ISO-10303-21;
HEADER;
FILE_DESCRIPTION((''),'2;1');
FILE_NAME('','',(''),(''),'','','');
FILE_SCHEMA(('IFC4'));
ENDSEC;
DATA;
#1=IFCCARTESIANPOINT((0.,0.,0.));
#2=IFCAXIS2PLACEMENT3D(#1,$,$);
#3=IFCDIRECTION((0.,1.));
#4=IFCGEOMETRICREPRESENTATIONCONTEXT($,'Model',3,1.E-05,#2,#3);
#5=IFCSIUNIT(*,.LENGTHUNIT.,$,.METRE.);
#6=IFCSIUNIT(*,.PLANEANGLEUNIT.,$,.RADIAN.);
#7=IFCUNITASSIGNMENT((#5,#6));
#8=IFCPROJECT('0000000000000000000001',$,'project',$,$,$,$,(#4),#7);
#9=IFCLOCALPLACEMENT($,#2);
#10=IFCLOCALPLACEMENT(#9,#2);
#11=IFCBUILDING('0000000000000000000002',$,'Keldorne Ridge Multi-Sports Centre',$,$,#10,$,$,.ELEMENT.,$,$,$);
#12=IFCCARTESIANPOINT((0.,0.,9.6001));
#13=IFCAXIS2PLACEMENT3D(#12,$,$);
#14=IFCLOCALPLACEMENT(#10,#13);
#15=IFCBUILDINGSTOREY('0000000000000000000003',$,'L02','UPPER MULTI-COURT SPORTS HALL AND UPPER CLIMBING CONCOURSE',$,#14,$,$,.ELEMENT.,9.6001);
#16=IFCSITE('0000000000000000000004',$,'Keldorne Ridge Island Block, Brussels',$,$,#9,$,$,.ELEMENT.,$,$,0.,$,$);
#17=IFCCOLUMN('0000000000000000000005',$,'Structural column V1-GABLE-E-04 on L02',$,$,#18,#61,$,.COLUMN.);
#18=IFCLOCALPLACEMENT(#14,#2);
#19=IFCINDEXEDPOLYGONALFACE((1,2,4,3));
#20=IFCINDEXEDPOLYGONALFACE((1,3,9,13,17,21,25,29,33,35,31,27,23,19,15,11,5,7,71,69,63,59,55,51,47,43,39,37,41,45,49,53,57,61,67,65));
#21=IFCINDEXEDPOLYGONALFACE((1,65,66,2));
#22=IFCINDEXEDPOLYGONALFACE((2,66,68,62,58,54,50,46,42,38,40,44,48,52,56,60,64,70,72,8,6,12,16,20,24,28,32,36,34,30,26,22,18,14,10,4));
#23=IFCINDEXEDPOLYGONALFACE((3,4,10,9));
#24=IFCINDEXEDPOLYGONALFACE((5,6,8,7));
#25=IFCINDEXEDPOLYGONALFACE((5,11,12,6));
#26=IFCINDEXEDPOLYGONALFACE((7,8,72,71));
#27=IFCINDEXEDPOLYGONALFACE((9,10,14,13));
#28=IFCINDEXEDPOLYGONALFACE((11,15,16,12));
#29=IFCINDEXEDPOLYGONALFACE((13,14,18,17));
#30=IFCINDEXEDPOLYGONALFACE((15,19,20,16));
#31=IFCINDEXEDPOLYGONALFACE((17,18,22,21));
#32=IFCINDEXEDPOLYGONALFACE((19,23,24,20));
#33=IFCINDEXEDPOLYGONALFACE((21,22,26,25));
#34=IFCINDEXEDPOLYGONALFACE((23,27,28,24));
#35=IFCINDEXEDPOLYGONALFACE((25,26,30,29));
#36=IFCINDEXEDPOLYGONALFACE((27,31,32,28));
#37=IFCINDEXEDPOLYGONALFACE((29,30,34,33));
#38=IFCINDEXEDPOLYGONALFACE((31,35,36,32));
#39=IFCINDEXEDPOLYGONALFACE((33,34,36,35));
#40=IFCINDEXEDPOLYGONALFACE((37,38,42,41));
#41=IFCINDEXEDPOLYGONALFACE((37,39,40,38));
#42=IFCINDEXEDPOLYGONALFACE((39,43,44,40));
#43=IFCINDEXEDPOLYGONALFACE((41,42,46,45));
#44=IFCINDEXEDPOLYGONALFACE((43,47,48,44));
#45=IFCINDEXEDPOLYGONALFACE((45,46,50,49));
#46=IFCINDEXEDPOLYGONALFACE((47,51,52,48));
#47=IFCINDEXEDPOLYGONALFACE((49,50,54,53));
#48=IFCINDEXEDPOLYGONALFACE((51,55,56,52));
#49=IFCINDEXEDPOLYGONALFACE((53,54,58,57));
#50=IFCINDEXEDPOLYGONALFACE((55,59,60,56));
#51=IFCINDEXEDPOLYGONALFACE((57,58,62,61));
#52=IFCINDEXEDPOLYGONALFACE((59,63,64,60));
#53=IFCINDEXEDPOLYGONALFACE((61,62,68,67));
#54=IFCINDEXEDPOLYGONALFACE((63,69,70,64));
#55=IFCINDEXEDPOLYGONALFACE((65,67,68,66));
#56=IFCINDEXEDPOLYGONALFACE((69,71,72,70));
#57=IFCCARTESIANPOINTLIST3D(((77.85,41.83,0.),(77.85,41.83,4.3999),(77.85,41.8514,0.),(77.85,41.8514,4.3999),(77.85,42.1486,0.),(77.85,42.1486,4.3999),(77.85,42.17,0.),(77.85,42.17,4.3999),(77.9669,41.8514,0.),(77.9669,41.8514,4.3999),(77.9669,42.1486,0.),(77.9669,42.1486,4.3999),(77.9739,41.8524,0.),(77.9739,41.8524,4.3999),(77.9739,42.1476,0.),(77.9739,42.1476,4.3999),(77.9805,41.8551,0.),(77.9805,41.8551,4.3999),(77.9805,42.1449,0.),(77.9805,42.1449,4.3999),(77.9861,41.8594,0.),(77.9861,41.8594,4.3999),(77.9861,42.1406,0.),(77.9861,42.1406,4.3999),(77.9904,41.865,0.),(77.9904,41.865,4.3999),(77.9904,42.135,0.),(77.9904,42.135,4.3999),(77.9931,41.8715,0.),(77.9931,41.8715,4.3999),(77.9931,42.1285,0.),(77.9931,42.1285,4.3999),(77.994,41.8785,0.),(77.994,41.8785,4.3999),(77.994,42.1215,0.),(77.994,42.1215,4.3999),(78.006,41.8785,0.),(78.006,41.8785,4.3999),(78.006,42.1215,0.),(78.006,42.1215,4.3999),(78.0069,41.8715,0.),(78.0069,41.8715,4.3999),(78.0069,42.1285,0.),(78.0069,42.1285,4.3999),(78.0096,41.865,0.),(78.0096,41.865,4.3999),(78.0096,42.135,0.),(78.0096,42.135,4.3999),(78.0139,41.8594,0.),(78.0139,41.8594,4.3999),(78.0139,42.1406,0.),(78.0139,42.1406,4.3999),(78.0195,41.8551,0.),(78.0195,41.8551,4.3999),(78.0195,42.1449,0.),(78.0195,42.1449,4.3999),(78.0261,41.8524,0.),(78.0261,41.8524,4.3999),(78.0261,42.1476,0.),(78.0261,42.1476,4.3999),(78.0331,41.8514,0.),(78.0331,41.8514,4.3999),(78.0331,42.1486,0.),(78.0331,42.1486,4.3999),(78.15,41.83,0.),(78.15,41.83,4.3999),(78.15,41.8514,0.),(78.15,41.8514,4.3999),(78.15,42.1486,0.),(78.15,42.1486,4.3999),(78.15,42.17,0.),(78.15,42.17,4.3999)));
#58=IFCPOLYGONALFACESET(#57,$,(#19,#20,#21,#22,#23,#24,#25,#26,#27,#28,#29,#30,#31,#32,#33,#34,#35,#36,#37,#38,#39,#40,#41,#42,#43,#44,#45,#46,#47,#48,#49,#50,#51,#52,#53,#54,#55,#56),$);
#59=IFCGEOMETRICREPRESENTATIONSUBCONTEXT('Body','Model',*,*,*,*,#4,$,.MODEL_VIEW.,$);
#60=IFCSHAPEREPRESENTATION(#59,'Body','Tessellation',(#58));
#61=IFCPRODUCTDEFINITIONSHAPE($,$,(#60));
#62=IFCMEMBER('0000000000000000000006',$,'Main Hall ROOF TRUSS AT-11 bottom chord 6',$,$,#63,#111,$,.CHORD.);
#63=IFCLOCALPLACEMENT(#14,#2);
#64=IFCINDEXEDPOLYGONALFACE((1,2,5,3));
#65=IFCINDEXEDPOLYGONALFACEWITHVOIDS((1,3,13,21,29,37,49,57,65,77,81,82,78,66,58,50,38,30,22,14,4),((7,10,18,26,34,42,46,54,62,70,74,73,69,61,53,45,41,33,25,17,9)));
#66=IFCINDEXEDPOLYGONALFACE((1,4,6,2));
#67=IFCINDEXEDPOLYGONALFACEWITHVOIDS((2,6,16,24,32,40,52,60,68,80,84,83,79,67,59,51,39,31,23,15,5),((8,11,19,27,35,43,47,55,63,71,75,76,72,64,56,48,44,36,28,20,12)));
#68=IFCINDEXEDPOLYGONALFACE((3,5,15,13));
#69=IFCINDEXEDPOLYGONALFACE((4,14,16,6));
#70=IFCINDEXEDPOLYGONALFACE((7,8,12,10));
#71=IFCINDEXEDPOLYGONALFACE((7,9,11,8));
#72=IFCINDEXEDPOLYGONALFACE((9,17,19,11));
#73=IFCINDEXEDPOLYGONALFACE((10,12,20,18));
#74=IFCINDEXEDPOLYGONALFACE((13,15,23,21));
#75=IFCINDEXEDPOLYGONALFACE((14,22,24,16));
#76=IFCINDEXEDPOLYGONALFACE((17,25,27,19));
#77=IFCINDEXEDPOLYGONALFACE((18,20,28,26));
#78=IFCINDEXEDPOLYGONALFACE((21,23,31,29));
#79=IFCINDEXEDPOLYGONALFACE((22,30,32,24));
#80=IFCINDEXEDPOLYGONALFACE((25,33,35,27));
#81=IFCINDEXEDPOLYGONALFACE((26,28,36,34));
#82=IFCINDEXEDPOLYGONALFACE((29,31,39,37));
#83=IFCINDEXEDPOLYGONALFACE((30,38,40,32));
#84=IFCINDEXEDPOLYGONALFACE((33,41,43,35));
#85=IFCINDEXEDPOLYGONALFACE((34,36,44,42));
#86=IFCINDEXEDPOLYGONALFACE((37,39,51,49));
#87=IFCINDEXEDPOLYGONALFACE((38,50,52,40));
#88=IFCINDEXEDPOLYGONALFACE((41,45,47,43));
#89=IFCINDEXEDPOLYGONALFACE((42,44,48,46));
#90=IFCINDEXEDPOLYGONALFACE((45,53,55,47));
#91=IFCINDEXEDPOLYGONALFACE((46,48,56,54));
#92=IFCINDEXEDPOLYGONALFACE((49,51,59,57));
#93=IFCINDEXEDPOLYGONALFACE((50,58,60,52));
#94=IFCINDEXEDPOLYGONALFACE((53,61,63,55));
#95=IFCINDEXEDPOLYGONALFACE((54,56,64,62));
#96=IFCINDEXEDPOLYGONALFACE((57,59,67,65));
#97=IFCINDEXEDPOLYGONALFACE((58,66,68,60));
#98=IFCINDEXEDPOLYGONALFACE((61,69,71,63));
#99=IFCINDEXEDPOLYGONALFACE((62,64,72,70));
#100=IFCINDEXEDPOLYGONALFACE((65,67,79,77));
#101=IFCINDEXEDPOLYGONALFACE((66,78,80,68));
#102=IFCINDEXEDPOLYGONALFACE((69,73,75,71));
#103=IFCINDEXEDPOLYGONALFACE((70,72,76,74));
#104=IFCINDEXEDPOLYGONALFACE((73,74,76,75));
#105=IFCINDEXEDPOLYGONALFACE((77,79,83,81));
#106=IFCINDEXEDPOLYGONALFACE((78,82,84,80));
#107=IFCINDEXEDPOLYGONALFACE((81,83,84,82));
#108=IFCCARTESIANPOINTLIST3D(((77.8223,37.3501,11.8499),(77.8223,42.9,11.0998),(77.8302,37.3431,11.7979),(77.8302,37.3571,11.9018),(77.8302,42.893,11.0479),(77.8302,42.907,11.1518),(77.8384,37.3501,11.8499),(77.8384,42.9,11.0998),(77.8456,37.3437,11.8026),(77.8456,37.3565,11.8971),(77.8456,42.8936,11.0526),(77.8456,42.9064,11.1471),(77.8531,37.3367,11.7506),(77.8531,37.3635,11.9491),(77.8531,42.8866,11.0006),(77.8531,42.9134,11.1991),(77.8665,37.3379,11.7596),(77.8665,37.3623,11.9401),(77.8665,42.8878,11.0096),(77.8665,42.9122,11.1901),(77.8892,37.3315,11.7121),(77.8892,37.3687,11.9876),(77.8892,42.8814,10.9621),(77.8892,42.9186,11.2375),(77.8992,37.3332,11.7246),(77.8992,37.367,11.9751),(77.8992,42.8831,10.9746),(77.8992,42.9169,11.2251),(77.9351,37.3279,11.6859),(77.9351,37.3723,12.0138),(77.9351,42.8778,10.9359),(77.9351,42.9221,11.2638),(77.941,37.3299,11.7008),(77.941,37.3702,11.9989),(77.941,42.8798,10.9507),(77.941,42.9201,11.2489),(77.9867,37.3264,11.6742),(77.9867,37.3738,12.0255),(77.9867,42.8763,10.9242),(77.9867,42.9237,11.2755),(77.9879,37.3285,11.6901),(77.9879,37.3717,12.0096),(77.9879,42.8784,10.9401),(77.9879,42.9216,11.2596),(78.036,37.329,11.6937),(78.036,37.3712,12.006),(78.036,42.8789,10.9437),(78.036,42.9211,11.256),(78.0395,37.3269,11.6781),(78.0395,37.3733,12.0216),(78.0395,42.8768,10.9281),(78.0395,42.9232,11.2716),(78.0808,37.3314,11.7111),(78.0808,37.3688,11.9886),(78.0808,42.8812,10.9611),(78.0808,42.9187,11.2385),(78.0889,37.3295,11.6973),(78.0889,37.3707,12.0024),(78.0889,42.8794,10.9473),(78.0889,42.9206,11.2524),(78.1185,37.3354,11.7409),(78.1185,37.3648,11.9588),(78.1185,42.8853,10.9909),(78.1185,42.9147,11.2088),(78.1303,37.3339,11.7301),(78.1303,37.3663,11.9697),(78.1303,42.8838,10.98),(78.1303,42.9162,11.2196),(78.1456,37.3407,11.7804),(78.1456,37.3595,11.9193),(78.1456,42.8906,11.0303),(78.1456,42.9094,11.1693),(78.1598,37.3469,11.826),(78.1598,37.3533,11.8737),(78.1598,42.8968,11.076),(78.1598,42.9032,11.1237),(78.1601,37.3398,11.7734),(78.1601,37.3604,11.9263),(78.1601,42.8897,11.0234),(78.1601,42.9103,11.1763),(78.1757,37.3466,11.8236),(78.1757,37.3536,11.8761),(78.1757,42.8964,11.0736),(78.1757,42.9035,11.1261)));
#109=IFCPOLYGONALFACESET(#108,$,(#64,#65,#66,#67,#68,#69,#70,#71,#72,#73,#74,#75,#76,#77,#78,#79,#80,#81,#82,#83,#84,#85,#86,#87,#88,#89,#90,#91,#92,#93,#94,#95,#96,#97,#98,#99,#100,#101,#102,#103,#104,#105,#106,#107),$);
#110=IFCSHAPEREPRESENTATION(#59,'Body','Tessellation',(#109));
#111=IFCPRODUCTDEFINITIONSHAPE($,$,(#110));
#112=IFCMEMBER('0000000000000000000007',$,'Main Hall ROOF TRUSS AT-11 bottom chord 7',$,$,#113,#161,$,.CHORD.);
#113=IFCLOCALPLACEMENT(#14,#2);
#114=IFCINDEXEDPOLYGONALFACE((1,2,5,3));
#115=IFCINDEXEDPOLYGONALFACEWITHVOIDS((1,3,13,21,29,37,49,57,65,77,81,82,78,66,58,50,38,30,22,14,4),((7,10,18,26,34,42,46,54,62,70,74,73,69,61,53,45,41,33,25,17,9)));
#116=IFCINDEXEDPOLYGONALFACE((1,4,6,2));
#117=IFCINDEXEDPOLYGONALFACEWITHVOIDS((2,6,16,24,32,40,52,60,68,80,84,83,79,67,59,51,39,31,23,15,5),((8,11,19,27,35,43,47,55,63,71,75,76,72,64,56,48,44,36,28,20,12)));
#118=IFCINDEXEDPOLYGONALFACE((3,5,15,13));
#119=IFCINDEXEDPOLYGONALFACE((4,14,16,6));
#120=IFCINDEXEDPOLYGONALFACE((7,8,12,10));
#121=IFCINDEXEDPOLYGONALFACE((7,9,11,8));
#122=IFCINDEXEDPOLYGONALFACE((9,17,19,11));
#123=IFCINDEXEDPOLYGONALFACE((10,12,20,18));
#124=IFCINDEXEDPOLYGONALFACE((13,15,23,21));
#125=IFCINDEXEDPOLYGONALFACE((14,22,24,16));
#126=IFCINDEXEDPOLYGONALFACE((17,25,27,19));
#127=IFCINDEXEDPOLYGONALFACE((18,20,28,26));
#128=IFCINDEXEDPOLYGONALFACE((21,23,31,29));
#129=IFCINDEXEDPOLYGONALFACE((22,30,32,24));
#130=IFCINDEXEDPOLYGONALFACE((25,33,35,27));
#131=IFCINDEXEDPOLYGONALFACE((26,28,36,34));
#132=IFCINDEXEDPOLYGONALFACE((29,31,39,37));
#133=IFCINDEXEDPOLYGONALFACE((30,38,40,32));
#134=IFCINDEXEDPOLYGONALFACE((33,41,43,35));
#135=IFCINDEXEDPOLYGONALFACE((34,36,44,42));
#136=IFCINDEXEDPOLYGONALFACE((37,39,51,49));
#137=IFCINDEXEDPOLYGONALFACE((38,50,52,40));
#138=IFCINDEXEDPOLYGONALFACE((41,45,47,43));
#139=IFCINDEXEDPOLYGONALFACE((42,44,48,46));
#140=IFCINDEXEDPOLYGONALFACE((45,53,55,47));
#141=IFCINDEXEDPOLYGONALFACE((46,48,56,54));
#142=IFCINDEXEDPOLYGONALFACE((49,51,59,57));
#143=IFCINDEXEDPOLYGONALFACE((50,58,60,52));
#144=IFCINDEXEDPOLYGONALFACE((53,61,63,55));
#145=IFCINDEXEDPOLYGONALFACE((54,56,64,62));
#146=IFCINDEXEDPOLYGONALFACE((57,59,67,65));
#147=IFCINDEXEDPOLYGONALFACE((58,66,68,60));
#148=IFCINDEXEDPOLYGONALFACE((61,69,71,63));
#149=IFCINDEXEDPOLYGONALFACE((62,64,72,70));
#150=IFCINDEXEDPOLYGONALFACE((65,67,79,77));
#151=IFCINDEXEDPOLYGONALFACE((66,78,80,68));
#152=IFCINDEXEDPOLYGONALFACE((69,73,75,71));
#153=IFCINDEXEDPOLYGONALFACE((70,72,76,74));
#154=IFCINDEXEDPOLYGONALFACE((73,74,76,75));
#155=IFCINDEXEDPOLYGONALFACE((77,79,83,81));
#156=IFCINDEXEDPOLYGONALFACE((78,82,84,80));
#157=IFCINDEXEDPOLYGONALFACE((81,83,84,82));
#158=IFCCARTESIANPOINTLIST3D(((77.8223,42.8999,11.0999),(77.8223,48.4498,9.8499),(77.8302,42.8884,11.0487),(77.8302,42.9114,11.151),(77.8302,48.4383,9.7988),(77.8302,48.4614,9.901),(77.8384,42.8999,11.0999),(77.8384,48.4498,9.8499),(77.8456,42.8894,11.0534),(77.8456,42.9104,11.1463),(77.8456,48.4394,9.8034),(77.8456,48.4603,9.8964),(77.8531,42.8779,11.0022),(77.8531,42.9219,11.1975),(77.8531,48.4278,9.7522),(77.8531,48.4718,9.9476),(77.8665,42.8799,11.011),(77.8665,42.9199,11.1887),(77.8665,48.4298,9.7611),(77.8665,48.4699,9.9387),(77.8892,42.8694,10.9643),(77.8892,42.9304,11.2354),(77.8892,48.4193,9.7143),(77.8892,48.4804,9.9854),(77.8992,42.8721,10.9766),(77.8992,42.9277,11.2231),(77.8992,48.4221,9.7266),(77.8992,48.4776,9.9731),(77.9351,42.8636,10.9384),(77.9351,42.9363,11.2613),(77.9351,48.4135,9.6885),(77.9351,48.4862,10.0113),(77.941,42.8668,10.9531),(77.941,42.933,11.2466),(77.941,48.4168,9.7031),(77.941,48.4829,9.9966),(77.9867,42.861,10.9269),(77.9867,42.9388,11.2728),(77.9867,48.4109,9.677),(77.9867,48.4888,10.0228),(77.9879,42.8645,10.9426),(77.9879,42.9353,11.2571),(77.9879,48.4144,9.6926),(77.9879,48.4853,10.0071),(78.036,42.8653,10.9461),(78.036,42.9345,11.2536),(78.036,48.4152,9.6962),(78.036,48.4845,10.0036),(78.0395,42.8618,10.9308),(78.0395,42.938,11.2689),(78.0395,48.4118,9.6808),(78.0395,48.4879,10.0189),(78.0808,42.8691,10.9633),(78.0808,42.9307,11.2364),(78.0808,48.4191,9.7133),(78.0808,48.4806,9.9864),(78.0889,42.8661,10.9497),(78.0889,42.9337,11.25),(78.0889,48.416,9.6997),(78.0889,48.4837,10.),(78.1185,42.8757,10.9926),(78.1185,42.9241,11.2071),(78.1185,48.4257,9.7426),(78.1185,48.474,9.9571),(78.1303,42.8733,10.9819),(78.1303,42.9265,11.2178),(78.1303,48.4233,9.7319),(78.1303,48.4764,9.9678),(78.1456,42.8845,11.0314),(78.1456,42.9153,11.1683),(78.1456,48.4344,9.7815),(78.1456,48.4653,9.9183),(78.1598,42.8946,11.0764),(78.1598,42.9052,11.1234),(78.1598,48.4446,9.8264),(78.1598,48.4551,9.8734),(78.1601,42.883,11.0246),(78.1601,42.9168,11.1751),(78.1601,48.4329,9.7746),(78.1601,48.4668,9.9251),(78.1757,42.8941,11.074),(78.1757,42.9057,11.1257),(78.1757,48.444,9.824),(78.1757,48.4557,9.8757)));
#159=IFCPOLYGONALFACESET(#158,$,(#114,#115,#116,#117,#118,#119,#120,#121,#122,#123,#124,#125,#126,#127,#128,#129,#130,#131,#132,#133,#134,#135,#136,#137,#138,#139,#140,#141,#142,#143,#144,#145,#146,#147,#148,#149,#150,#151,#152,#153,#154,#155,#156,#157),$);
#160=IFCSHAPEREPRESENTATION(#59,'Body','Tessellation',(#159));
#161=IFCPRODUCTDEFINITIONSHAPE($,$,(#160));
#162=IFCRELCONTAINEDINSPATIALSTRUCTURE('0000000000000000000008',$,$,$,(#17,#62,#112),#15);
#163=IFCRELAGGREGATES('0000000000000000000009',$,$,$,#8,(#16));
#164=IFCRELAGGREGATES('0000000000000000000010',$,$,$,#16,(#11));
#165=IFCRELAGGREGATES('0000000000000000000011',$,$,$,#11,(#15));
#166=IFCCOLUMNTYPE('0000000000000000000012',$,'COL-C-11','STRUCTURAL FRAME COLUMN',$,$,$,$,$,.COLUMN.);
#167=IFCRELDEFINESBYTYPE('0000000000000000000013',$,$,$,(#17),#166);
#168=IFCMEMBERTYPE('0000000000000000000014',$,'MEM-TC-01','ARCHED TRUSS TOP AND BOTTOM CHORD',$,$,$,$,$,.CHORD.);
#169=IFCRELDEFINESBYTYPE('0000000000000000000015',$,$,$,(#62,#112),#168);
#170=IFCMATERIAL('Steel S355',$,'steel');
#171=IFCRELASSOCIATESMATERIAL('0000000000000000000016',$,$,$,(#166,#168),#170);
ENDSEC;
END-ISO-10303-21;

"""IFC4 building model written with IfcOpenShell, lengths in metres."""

from ifc_helpers import new_model, si_unit, direction, frame, origin, origin_2d, place, context, subcontext, project, spatial, hollow_circle, i_section, extrude, material, material_profile, profile_set, type_object, element, save


model = new_model("IFC4")

# Units and contexts
model_context = context("Model", 3, precision=1e-05, world=origin(), true_north=direction((0.0, 1.0)))
body_context = subcontext(model_context, "Body", "Model", "MODEL_VIEW")
ifc_project = project(units=[si_unit("LENGTHUNIT", "METRE"), si_unit("PLANEANGLEUNIT", "RADIAN")], contexts=[model_context])

# Site, building, storey
site_placement = place(None, origin())
site = spatial("IfcSite", under=ifc_project, at=site_placement, Name="Keldorne Ridge Island Block, Brussels", CompositionType="ELEMENT", RefElevation=0.0)
building_placement = place(site_placement, origin())
building = spatial("IfcBuilding", under=site, at=building_placement, Name="Keldorne Ridge Multi-Sports Centre", CompositionType="ELEMENT")
storey_placement = place(building_placement, frame((0.0, 0.0, 9.6001)))
storey = spatial("IfcBuildingStorey", under=building, at=storey_placement, Name="L02", Description="UPPER MULTI-COURT SPORTS HALL AND UPPER CLIMBING CONCOURSE", CompositionType="ELEMENT", Elevation=9.6001)

# Column
ifc_material = material(Name="Steel S355", Category="steel")
ifc_material_profile_1 = material_profile(ifc_material, i_section(OverallWidth=0.3, OverallDepth=0.3401, WebThickness=0.012, FlangeThickness=0.0215, FilletRadius=0.0271, at=origin_2d()), Name="HEB 340")
ifc_profile_set_1 = profile_set([ifc_material_profile_1], Name="Steel S355")
column_type = type_object("IfcColumnType", Name="COL-C-11", Description="STRUCTURAL FRAME COLUMN", PredefinedType="COLUMN", material=ifc_profile_set_1)
column_placement = place(storey_placement, frame((78.0, 42.0, 0.0), z_axis=(0.0, 0.0, 1.0), x_axis=(1.0, 0.0, 0.0)))
element("IfcColumn", 1, at=column_placement, inside=storey, type_object=column_type, Name="Structural column V1-GABLE-E-04 on L02", PredefinedType="COLUMN", context=body_context, shape_type="SweptSolid", body=[
    extrude(i_section(OverallWidth=0.3, OverallDepth=0.3401, WebThickness=0.012, FlangeThickness=0.0215, FilletRadius=0.0271, at=origin_2d()), origin(), (0.0, 0.0, 1.0), 4.3999),
])

# Members
ifc_material_profile_2 = material_profile(ifc_material, hollow_circle(Radius=0.1777, WallThickness=0.0161, at=origin_2d()), Name="CHS 355.6x16")
ifc_profile_set_2 = profile_set([ifc_material_profile_2], Name="Steel S355")
member_type_1 = type_object("IfcMemberType", Name="MEM-TC-01", Description="ARCHED TRUSS TOP AND BOTTOM CHORD", PredefinedType="CHORD", material=ifc_profile_set_2)
member_1_placement = place(storey_placement, frame((78.0, 37.3501, 11.8499), z_axis=(0.0, 0.990992, -0.133923), x_axis=(-1.0, 0.0, 0.0)))
element("IfcMember", 2, at=member_1_placement, inside=storey, type_object=member_type_1, Name="Main Hall ROOF TRUSS AT-11 bottom chord 6", PredefinedType="CHORD", context=body_context, shape_type="SweptSolid", body=[
    extrude(hollow_circle(Radius=0.1777, WallThickness=0.0161, at=origin_2d()), origin(), (0.0, 0.0, 1.0), 5.6003),
])
member_2_placement = place(storey_placement, frame((78.0, 42.8999, 11.0999), z_axis=(0.0, 0.975563, -0.219719), x_axis=(-1.0, 0.0, 0.0)))
element("IfcMember", 3, at=member_2_placement, inside=storey, type_object=member_type_1, Name="Main Hall ROOF TRUSS AT-11 bottom chord 7", PredefinedType="CHORD", context=body_context, shape_type="SweptSolid", body=[
    extrude(hollow_circle(Radius=0.1777, WallThickness=0.0161, at=origin_2d()), origin(), (0.0, 0.0, 1.0), 5.689),
])

save(model, "model.ifc")
